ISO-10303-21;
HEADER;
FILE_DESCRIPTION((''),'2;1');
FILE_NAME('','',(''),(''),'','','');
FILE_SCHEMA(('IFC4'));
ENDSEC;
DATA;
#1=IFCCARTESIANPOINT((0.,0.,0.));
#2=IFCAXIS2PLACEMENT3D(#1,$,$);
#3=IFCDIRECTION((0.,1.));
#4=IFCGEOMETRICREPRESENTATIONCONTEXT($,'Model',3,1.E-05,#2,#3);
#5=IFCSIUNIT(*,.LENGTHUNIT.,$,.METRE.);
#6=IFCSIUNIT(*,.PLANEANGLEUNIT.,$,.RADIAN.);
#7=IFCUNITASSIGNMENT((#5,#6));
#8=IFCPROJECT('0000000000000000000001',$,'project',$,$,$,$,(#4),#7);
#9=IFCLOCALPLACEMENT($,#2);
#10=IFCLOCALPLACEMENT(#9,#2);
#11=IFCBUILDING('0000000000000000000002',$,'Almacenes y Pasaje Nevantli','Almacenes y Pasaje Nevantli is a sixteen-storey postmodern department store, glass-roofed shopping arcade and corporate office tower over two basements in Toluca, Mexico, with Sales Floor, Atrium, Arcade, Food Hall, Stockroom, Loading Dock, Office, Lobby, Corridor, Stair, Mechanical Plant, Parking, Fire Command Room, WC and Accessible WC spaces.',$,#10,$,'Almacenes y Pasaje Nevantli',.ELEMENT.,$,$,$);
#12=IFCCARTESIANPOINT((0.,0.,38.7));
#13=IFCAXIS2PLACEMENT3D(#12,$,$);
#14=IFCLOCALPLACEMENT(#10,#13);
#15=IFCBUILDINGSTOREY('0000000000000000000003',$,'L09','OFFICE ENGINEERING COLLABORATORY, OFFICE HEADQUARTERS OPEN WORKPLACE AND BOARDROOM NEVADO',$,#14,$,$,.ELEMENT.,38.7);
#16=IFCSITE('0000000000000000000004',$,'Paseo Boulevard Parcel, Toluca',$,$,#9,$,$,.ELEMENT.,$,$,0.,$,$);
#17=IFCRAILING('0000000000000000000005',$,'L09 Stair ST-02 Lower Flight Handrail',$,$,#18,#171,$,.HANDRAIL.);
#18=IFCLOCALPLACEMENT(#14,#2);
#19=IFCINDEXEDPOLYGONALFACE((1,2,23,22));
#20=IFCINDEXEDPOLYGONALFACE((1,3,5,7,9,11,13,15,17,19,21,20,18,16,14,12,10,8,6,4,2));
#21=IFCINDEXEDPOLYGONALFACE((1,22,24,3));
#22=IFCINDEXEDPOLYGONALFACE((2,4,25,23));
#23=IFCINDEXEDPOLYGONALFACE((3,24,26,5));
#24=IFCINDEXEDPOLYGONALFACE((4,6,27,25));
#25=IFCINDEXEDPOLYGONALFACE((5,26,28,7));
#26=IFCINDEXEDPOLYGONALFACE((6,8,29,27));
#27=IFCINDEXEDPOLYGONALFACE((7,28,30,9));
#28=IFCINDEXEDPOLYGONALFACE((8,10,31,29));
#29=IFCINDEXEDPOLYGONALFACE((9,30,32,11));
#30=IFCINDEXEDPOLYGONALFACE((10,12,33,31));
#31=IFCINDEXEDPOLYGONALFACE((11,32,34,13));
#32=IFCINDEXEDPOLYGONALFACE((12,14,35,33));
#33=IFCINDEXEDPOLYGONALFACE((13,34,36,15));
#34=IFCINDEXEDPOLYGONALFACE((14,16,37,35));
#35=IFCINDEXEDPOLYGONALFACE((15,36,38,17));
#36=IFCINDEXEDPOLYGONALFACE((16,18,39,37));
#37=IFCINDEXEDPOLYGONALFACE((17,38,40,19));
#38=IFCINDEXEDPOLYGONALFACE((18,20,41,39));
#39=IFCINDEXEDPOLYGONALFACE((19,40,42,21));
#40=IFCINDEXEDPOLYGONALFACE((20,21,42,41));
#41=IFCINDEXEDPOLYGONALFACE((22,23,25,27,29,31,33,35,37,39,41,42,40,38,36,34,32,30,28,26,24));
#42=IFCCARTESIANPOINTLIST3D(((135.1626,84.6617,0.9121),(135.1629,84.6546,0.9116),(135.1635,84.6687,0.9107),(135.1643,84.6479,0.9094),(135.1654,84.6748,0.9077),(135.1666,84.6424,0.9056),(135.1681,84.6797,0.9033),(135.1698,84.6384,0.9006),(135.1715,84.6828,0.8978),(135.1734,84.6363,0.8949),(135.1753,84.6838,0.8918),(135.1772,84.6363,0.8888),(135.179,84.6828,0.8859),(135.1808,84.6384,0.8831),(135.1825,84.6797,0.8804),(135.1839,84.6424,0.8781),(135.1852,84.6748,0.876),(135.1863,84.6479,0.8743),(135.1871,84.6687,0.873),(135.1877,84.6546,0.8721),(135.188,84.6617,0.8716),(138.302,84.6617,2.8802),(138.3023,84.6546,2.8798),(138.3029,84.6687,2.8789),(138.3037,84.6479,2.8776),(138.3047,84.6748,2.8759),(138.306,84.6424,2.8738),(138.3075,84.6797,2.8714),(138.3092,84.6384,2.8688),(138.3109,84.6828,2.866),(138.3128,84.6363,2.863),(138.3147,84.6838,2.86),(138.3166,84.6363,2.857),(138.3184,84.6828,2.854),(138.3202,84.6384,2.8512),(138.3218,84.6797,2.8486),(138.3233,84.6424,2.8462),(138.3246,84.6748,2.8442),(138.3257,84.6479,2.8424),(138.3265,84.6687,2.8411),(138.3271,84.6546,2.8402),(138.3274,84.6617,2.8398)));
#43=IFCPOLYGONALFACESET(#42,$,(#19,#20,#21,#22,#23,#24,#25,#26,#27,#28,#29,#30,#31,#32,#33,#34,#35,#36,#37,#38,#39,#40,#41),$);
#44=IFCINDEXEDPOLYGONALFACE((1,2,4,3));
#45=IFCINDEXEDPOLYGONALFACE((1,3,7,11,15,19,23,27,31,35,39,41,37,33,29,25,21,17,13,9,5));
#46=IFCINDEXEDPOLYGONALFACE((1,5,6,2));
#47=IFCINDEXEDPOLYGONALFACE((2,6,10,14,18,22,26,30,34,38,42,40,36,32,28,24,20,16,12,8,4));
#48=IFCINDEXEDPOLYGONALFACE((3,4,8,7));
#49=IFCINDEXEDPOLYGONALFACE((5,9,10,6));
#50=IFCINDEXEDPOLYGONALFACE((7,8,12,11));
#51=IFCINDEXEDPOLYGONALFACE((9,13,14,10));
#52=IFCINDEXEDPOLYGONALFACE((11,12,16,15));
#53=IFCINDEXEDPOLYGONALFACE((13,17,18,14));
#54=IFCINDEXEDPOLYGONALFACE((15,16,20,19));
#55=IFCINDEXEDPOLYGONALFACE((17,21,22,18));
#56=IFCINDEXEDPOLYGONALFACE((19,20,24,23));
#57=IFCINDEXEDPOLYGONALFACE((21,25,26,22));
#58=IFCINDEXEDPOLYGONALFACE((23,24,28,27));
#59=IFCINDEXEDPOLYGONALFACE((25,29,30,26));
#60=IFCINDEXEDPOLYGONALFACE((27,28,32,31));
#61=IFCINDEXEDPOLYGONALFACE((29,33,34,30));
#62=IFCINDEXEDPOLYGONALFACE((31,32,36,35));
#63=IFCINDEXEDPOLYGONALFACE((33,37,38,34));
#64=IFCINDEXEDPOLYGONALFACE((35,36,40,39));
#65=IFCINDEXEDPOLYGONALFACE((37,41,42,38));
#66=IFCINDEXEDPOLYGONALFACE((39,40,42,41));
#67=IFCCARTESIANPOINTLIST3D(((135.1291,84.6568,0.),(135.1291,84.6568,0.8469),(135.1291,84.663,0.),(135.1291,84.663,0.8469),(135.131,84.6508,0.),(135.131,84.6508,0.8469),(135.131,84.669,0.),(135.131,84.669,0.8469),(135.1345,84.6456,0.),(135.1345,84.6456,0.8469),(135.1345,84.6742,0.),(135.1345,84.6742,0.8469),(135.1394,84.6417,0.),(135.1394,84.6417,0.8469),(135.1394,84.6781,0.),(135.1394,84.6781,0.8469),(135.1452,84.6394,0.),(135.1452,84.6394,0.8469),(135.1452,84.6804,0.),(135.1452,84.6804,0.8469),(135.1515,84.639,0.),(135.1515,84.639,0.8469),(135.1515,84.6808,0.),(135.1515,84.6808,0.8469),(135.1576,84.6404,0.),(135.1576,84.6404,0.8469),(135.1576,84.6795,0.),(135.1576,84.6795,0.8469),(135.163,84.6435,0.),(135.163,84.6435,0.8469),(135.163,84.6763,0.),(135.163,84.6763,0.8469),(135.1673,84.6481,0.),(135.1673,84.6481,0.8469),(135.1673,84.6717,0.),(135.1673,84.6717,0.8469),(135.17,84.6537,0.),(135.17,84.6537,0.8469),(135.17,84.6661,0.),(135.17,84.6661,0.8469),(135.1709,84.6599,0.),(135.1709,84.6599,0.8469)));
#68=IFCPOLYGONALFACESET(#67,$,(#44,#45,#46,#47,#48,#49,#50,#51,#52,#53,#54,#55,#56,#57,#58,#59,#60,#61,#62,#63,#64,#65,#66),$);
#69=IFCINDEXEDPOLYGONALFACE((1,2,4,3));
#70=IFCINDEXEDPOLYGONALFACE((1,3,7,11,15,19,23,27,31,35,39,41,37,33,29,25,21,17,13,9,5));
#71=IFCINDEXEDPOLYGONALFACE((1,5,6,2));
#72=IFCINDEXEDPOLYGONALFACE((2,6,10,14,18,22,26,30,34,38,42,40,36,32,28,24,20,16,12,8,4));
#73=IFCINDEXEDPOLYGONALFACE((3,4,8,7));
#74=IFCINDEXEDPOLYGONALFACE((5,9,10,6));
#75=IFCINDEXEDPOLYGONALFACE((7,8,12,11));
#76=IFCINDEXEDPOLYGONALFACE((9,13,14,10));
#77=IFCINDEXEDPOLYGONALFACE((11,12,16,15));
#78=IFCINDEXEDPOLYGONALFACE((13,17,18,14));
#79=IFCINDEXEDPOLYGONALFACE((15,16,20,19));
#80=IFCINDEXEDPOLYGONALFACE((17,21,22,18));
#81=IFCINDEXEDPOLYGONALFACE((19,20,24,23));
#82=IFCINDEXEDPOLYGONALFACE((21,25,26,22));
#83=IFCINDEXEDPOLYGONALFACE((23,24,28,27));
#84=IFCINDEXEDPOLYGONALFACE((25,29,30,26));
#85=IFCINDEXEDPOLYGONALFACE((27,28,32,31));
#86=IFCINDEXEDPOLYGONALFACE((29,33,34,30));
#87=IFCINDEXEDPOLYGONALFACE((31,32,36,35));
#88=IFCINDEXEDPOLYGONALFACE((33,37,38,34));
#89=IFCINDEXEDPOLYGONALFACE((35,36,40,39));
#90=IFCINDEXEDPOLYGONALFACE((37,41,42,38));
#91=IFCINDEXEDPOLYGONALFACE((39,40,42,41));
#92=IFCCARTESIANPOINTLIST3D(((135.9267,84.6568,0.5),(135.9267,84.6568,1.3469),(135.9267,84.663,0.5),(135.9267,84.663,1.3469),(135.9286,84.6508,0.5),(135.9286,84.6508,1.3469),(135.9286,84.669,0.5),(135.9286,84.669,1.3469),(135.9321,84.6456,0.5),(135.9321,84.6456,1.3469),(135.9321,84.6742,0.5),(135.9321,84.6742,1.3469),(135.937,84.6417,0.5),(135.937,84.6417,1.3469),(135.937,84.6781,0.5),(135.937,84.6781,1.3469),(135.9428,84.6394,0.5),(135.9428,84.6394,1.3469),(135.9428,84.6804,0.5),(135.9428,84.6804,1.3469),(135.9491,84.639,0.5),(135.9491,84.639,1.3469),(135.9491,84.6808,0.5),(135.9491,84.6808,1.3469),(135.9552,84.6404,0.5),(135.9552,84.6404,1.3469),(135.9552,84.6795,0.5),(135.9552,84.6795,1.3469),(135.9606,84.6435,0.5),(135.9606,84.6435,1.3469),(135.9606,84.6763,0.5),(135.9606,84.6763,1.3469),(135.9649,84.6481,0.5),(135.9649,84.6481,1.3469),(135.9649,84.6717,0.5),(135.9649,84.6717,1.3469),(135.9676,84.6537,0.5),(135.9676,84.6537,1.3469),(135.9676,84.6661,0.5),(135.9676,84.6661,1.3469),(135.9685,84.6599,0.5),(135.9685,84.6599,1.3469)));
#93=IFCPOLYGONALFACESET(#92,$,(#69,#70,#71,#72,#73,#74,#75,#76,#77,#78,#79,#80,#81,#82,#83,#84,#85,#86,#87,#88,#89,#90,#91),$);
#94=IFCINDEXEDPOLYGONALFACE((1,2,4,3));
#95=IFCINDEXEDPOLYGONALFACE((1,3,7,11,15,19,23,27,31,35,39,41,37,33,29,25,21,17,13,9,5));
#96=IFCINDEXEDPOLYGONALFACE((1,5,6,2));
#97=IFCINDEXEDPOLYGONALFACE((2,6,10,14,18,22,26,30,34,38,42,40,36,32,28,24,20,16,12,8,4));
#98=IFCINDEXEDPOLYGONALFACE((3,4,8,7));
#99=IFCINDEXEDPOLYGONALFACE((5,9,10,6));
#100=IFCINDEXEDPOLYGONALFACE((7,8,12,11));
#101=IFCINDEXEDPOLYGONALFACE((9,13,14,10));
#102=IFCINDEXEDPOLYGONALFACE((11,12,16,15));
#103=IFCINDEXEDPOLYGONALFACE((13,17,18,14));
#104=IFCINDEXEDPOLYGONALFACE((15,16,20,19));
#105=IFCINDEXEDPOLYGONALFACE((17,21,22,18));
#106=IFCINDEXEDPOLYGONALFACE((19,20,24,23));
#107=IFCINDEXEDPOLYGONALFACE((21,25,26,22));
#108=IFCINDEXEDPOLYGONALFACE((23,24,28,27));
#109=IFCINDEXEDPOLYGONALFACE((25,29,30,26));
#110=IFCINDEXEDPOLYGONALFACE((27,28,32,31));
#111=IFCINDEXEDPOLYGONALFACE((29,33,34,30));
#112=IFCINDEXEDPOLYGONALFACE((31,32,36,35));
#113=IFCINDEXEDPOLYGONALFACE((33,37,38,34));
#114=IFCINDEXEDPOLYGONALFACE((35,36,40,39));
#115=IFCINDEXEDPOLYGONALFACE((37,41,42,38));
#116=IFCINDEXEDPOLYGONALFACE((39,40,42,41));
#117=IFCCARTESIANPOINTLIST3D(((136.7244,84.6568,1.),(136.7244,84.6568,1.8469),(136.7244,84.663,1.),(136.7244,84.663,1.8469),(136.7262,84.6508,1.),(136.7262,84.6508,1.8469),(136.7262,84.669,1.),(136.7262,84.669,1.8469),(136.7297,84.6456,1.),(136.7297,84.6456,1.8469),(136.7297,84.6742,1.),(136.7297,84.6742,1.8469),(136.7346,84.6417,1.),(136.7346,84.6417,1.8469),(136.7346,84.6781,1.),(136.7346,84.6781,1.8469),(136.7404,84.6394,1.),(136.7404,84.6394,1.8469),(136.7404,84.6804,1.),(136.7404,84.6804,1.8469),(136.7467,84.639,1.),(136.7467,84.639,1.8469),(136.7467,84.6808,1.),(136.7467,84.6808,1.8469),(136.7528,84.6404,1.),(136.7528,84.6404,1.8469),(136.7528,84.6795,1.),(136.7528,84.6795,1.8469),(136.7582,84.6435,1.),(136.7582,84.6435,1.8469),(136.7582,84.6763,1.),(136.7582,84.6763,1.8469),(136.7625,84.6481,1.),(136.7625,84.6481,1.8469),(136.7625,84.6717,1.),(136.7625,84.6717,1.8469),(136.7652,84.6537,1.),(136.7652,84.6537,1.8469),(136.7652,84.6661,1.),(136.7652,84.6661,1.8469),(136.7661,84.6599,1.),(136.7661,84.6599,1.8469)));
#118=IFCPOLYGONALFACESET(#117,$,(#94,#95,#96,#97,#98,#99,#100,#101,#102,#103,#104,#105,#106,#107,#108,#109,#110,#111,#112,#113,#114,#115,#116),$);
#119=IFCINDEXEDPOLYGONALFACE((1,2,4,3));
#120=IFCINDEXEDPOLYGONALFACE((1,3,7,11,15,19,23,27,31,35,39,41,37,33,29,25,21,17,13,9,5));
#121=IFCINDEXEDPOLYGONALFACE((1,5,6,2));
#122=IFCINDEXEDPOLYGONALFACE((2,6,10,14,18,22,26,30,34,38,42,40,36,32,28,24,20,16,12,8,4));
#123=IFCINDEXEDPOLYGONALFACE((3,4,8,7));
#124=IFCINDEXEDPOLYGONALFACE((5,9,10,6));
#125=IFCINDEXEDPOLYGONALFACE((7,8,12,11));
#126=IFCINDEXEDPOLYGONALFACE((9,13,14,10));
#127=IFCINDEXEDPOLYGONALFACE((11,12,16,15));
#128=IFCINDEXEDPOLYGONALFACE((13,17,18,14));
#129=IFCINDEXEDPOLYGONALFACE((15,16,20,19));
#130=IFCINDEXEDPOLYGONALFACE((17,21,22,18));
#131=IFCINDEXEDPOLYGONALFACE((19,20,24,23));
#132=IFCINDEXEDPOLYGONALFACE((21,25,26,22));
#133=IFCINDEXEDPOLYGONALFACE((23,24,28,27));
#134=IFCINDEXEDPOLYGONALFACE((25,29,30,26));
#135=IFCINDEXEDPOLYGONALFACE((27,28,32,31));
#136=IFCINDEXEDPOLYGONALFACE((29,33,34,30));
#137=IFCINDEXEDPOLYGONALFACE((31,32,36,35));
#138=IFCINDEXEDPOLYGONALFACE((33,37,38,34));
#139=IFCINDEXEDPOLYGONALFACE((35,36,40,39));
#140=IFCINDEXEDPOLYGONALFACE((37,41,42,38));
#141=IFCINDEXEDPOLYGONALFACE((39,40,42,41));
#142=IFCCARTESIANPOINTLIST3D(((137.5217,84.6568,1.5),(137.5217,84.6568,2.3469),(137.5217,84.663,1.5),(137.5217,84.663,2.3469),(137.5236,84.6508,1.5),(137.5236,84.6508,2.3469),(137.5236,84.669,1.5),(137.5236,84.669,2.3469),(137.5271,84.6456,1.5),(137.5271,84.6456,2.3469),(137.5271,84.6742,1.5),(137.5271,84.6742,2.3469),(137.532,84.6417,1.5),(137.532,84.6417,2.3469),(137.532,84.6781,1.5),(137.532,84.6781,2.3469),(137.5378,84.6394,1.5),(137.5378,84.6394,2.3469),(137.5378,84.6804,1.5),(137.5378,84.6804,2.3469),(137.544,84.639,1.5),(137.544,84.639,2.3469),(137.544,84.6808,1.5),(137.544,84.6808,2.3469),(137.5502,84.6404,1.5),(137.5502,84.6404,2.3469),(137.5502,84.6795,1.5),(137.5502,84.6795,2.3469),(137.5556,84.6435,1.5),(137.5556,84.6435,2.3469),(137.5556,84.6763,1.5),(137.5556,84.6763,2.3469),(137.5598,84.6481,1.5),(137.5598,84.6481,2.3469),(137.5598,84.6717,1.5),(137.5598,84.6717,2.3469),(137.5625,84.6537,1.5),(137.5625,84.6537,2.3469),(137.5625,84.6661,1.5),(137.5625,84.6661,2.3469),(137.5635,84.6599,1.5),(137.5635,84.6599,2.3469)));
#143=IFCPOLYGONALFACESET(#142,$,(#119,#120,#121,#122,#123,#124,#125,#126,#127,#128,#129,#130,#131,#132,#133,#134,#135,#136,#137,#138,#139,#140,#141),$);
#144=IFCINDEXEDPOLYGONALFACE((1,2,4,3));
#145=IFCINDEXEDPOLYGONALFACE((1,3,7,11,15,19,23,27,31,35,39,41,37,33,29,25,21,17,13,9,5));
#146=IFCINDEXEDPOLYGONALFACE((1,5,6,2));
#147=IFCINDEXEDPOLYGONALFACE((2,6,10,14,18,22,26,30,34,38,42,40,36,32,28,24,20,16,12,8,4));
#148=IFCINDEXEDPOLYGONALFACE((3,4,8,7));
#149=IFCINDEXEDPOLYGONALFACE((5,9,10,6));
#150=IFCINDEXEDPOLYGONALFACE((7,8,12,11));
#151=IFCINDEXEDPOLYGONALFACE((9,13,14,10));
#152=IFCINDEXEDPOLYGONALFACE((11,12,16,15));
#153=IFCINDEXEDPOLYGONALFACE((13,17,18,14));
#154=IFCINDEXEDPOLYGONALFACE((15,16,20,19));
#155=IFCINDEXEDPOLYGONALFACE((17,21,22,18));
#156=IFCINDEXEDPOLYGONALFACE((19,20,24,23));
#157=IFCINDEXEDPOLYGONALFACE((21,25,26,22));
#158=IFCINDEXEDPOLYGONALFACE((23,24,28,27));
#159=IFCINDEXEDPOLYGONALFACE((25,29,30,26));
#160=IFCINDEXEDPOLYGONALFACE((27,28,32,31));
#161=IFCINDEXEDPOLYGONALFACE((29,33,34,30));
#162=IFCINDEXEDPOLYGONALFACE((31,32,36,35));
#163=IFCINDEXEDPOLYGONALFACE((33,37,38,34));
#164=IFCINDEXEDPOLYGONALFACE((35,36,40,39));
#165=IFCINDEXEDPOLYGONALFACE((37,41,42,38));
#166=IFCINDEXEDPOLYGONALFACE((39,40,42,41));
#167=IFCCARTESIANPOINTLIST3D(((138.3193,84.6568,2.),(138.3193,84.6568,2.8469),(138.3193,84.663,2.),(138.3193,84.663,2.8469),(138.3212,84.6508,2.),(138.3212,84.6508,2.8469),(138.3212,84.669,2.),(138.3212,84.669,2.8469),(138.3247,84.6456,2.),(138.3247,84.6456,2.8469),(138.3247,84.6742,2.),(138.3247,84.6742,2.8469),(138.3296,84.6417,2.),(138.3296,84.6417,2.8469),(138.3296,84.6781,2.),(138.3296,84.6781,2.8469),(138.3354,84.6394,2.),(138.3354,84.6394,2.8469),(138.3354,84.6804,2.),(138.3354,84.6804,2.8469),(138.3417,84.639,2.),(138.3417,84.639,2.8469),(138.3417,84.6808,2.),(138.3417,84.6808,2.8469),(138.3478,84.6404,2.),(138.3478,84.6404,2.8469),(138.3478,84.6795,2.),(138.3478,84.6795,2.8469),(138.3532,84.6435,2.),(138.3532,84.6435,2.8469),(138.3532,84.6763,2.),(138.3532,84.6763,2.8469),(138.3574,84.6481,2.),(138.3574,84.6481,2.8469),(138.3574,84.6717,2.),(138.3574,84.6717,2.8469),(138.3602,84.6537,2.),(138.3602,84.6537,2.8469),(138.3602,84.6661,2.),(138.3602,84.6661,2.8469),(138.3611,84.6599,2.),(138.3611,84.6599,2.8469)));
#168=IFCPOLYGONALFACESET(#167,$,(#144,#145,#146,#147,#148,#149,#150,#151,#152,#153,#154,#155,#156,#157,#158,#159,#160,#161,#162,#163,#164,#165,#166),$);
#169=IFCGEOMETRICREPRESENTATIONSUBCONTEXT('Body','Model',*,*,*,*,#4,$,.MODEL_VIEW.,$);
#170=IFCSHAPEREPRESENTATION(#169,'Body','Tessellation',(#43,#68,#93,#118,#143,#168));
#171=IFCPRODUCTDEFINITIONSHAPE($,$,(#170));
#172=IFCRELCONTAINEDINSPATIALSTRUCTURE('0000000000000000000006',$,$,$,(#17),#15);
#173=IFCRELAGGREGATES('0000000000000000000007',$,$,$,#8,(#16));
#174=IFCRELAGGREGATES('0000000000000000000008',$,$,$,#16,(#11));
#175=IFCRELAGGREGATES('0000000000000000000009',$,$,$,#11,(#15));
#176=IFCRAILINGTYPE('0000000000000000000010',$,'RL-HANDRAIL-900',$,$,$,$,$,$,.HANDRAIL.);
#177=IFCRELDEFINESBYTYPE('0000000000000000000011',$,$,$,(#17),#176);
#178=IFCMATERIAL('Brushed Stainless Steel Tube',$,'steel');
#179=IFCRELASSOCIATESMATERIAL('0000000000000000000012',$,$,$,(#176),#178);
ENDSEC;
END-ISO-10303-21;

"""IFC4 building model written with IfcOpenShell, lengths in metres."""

from ifc_helpers import new_model, si_unit, direction, frame, origin, origin_2d, place, context, subcontext, project, spatial, circle, extrude, material, type_object, element, save


model = new_model("IFC4")

# Units and contexts
model_context = context("Model", 3, precision=1e-05, world=origin(), true_north=direction((0.0, 1.0)))
body_context = subcontext(model_context, "Body", "Model", "MODEL_VIEW")
ifc_project = project(units=[si_unit("LENGTHUNIT", "METRE"), si_unit("PLANEANGLEUNIT", "RADIAN")], contexts=[model_context])

# Site, building, storey
site_placement = place(None, origin())
site = spatial("IfcSite", under=ifc_project, at=site_placement, Name="Paseo Boulevard Parcel, Toluca", CompositionType="ELEMENT", RefElevation=0.0)
building_placement = place(site_placement, origin())
building = spatial("IfcBuilding", under=site, at=building_placement, Name="Almacenes y Pasaje Nevantli", Description="Almacenes y Pasaje Nevantli is a sixteen-storey postmodern department store, glass-roofed shopping arcade and corporate office tower over two basements in Toluca, Mexico, with Sales Floor, Atrium, Arcade, Food Hall, Stockroom, Loading Dock, Office, Lobby, Corridor, Stair, Mechanical Plant, Parking, Fire Command Room, WC and Accessible WC spaces.", LongName="Almacenes y Pasaje Nevantli", CompositionType="ELEMENT")
storey_placement = place(building_placement, frame((0.0, 0.0, 38.7)))
storey = spatial("IfcBuildingStorey", under=building, at=storey_placement, Name="L09", Description="OFFICE ENGINEERING COLLABORATORY, OFFICE HEADQUARTERS OPEN WORKPLACE AND BOARDROOM NEVADO", CompositionType="ELEMENT", Elevation=38.7)

# Railing
ifc_material_1 = material(Name="Brushed Stainless Steel Tube", Category="steel")
railing_type_1 = type_object("IfcRailingType", Name="RL-HANDRAIL-900", PredefinedType="HANDRAIL", material=ifc_material_1)
railing_1_placement = place(storey_placement, frame((135.1499, 84.6599, 0.0)))
element("IfcRailing", 1, at=railing_1_placement, inside=storey, type_object=railing_type_1, Name="L09 Stair ST-02 Lower Flight Handrail", PredefinedType="HANDRAIL", context=body_context, shape_type="SweptSolid", body=[
    extrude(circle(Radius=0.0239, at=origin_2d()), frame((0.0254, 0.0, 0.8918), z_axis=(0.847265, 0.0, 0.53117), x_axis=(0.0, 1.0, 0.0)), (0.0, 0.0, 1.0), 3.7053),
    extrude(circle(Radius=0.021, at=origin_2d()), origin(), (0.0, 0.0, 1.0), 0.8469),
    extrude(circle(Radius=0.021, at=origin_2d()), frame((0.7976, 0.0, 0.5)), (0.0, 0.0, 1.0), 0.8469),
    extrude(circle(Radius=0.021, at=origin_2d()), frame((1.5952, 0.0, 1.0)), (0.0, 0.0, 1.0), 0.8469),
    extrude(circle(Radius=0.021, at=origin_2d()), frame((2.3926, 0.0, 1.5)), (0.0, 0.0, 1.0), 0.8469),
    extrude(circle(Radius=0.021, at=origin_2d()), frame((3.1902, 0.0, 2.0)), (0.0, 0.0, 1.0), 0.8469),
])

save(model, "model.ifc")
